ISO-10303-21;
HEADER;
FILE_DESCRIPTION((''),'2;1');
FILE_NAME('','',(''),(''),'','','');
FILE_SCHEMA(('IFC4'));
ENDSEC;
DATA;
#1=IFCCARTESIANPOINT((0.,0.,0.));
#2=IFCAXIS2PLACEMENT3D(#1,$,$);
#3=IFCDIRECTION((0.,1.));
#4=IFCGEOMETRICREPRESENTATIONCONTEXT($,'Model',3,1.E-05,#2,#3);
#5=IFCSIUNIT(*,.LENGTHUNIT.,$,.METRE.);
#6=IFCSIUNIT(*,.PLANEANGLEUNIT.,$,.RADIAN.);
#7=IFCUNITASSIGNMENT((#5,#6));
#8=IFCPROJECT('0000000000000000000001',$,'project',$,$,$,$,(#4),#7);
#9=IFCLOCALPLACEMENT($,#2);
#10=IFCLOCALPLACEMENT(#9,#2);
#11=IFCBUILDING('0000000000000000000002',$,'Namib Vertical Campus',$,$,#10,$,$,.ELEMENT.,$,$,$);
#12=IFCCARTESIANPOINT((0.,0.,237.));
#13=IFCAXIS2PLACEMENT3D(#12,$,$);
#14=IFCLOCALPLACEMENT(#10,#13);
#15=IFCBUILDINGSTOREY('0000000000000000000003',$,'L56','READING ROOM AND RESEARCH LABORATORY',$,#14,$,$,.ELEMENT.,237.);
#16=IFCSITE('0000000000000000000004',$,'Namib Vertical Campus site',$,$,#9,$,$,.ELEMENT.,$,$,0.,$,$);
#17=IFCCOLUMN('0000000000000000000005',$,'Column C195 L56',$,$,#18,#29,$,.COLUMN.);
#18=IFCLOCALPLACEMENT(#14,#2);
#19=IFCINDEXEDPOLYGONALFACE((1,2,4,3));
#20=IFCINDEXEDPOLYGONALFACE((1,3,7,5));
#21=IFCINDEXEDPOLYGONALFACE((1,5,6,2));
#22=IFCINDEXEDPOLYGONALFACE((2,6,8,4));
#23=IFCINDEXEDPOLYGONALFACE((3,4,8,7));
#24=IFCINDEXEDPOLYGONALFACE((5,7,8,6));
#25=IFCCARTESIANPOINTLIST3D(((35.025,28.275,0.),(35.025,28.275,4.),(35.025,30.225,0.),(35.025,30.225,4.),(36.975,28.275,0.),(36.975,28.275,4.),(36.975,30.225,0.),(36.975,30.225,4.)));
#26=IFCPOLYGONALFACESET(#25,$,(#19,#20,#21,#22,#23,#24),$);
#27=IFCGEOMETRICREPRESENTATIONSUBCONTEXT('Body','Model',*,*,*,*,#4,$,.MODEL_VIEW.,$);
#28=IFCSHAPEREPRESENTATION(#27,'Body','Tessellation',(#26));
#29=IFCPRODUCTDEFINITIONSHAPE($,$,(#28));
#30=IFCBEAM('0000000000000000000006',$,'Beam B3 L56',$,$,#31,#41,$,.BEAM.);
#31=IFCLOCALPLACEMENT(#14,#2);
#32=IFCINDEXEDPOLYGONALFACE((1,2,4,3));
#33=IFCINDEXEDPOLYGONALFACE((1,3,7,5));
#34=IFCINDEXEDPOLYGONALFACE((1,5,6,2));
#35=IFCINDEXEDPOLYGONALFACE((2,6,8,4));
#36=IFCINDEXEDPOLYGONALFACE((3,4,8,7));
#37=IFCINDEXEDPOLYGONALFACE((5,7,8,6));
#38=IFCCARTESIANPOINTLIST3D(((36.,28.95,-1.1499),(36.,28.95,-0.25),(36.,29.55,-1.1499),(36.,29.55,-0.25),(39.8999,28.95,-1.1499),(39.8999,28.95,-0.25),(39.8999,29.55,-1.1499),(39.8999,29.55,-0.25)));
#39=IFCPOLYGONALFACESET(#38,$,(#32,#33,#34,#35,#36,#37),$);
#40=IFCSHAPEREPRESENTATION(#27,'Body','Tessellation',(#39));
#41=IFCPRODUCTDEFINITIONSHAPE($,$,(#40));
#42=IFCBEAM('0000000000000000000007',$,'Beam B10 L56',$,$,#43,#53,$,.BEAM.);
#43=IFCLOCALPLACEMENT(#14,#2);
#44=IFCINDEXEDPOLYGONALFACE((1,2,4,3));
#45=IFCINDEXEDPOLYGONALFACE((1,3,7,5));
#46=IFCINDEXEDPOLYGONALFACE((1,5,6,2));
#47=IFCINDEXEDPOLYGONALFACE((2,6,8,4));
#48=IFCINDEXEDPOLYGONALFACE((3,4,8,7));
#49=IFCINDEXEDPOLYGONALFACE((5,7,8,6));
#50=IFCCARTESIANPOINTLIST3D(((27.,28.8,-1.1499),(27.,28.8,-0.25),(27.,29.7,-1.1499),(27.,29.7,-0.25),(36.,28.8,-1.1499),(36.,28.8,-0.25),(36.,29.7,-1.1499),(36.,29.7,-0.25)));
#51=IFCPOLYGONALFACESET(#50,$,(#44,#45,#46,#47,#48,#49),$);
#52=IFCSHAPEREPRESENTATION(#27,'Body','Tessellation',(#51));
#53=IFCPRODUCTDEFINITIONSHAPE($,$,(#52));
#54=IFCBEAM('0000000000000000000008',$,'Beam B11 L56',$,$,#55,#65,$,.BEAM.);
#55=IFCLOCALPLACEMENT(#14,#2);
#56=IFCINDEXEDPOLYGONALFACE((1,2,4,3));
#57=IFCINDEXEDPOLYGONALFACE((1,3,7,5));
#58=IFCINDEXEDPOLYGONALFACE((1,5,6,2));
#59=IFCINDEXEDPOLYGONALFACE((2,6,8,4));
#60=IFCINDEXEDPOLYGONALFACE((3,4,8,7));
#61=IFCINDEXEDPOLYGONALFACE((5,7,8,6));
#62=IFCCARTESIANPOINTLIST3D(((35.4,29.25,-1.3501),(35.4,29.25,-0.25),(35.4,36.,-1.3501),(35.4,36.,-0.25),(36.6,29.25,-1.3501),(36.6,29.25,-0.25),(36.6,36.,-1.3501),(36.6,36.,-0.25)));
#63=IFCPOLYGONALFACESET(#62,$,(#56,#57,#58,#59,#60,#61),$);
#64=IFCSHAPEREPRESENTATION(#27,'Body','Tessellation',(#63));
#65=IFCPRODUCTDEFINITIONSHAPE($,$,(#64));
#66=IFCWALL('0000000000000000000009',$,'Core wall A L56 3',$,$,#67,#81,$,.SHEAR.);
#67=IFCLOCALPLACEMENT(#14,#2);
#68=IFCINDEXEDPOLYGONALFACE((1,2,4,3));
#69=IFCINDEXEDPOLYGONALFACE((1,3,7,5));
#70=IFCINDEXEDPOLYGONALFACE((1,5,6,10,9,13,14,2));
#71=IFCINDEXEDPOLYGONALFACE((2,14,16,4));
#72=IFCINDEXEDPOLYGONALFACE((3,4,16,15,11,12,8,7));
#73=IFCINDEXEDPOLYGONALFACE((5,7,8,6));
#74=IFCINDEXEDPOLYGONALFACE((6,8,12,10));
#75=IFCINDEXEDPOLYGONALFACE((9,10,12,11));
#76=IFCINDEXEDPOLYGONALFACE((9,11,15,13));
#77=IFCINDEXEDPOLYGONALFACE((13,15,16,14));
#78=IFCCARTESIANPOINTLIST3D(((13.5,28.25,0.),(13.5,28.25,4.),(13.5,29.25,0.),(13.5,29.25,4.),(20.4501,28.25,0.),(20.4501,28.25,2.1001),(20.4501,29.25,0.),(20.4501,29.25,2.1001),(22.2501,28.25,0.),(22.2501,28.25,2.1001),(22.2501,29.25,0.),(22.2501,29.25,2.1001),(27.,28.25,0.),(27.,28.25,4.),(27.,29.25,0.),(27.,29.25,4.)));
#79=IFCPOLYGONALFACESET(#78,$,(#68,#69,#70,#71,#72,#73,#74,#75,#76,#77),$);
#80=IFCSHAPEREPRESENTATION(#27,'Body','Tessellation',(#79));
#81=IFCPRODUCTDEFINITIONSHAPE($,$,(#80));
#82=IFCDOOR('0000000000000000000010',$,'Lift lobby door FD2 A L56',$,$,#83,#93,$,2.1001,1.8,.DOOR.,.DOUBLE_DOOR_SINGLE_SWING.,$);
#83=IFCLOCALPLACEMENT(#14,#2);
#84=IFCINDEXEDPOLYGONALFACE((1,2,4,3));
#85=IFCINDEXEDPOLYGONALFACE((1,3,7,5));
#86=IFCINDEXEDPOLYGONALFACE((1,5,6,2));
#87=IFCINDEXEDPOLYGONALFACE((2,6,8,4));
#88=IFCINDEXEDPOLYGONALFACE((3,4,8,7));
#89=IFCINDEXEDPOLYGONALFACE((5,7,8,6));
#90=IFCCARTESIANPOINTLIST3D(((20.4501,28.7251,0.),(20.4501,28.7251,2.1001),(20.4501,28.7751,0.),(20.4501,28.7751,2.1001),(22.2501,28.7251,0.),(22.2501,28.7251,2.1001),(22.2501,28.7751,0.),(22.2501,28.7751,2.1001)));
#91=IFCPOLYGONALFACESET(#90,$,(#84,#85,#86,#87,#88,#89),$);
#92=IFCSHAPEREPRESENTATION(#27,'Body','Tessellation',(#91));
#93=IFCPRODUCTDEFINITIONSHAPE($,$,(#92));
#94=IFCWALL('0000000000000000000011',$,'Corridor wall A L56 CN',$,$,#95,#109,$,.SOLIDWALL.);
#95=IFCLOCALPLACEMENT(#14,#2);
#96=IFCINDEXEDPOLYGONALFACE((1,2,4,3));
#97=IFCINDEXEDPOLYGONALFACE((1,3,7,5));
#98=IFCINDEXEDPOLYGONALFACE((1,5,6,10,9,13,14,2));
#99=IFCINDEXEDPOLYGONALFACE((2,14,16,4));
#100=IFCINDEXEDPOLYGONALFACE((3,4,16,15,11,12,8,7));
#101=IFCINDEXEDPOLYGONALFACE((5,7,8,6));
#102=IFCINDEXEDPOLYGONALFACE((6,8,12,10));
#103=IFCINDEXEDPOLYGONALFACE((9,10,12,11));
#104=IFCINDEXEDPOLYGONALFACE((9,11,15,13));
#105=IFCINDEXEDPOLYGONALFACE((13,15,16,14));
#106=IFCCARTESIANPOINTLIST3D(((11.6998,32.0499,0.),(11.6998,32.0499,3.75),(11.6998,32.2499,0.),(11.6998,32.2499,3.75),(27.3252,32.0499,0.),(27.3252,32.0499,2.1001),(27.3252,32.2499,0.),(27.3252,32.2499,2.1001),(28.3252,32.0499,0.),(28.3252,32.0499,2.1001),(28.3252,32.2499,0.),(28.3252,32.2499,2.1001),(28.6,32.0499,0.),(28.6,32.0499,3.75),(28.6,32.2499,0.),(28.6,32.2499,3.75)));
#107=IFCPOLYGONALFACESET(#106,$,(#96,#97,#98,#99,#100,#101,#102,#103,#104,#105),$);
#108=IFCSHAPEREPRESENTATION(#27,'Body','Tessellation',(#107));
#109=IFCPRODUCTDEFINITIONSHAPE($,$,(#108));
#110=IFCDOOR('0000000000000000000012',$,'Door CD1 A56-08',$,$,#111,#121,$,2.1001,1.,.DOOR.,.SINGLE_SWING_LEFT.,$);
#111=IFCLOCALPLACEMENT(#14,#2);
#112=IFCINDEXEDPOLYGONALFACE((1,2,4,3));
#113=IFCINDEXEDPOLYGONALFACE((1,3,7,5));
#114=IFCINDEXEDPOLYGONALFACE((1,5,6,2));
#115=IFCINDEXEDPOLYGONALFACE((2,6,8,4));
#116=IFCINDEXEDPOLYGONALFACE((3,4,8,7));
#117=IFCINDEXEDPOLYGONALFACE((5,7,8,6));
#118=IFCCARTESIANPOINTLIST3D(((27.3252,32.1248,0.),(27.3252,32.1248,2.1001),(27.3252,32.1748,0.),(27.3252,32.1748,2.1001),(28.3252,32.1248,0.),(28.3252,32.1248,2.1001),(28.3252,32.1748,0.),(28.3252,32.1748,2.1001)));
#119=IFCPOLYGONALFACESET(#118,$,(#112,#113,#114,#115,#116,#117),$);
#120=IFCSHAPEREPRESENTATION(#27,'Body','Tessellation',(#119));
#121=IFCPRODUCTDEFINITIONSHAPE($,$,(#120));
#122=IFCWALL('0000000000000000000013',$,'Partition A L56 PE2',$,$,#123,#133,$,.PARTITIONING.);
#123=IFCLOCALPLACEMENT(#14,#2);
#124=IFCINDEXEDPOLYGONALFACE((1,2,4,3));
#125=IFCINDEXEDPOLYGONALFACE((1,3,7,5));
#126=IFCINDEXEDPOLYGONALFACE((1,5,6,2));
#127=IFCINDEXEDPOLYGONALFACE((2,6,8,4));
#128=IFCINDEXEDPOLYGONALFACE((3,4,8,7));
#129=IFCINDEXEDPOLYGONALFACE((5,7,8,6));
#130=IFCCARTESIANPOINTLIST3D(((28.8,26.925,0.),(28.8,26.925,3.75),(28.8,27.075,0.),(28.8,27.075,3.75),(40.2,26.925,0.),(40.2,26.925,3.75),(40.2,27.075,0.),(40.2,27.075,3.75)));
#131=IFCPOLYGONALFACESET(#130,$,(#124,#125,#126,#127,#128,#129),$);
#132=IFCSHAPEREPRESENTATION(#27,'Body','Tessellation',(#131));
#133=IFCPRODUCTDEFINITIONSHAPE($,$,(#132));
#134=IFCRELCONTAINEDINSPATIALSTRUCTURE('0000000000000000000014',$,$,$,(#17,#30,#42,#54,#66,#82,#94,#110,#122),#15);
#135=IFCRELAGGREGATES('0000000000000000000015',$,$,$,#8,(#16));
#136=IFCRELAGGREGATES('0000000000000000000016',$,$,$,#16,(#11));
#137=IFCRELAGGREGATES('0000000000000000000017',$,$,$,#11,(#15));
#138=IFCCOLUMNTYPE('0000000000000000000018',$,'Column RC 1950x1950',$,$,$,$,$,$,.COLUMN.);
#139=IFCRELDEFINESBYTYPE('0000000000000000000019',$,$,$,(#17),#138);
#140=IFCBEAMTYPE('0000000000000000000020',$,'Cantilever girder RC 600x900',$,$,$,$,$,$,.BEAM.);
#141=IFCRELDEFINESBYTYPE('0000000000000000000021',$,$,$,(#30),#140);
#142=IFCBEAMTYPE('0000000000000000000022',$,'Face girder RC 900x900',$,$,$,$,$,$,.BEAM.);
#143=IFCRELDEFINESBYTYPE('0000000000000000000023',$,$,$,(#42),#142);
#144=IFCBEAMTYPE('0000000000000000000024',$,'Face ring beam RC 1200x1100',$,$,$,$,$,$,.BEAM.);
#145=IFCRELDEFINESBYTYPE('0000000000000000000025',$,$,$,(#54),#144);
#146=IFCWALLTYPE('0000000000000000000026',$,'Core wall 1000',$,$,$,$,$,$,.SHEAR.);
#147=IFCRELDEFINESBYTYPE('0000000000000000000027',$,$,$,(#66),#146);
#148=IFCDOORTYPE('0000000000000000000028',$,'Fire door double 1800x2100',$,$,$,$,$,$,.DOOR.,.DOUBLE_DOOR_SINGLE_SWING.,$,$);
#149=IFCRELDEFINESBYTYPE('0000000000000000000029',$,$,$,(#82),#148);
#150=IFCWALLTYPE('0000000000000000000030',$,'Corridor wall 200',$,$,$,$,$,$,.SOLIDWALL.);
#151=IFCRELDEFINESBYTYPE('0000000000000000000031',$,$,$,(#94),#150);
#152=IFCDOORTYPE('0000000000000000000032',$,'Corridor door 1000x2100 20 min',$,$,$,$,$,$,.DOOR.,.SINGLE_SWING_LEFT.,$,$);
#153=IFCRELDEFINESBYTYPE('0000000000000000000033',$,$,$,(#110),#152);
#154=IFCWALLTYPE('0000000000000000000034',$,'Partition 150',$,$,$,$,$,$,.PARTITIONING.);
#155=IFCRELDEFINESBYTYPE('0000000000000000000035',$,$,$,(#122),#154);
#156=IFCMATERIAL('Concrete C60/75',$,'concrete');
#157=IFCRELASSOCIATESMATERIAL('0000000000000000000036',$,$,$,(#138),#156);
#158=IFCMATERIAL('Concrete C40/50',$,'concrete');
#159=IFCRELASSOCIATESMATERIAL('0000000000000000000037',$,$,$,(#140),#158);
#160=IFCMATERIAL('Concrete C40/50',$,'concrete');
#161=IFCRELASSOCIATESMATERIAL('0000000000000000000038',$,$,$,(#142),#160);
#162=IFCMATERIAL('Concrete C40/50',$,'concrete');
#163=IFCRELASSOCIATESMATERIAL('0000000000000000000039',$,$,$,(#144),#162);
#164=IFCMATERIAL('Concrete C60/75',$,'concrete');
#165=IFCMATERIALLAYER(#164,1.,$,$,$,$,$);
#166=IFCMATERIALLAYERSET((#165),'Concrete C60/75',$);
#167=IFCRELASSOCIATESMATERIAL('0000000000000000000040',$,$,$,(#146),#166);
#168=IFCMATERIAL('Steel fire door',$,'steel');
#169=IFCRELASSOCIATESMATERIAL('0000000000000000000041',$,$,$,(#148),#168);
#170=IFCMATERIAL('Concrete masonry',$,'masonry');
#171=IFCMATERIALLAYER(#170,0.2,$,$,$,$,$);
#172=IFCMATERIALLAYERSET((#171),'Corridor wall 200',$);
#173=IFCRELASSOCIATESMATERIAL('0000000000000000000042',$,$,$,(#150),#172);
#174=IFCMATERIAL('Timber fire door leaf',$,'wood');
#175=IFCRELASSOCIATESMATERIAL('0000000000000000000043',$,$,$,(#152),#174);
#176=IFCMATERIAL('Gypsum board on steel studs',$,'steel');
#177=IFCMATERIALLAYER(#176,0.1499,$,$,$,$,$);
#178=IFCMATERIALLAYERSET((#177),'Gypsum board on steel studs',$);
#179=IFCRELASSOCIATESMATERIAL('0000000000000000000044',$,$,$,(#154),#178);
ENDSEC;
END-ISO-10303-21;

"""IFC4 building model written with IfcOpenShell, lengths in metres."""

from ifc_helpers import new_model, si_unit, direction, frame, frame_2d, origin, origin_2d, place, context, subcontext, project, spatial, rectangle, extrude, material, layer, layer_set, material_profile, profile_set, type_object, element, fill, save


model = new_model("IFC4")

# Units and contexts
model_context = context("Model", 3, precision=1e-05, world=origin(), true_north=direction((0.0, 1.0)))
body_context = subcontext(model_context, "Body", "Model", "MODEL_VIEW")
ifc_project = project(units=[si_unit("LENGTHUNIT", "METRE"), si_unit("PLANEANGLEUNIT", "RADIAN")], contexts=[model_context])

# Site, building, storey
site_placement = place(None, origin())
site = spatial("IfcSite", under=ifc_project, at=site_placement, Name="Namib Vertical Campus site", CompositionType="ELEMENT", RefElevation=0.0)
building_placement = place(site_placement, origin())
building = spatial("IfcBuilding", under=site, at=building_placement, Name="Namib Vertical Campus", CompositionType="ELEMENT")
storey_placement = place(building_placement, frame((0.0, 0.0, 237.0)))
storey = spatial("IfcBuildingStorey", under=building, at=storey_placement, Name="L56", Description="READING ROOM AND RESEARCH LABORATORY", CompositionType="ELEMENT", Elevation=237.0)

# Column
ifc_material_1 = material(Name="Concrete C60/75", Category="concrete")
ifc_material_profile_1 = material_profile(ifc_material_1, rectangle(XDim=1.95, YDim=1.95, at=origin_2d()))
ifc_profile_set_1 = profile_set([ifc_material_profile_1], Name="Concrete C60/75")
column_type = type_object("IfcColumnType", Name="Column RC 1950x1950", PredefinedType="COLUMN", material=ifc_profile_set_1)
column_placement = place(storey_placement, frame((36.0, 29.25, 0.0), z_axis=(0.0, 0.0, 1.0), x_axis=(1.0, 0.0, 0.0)))
element("IfcColumn", 1, at=column_placement, inside=storey, type_object=column_type, Name="Column C195 L56", PredefinedType="COLUMN", context=body_context, shape_type="SweptSolid", body=[
    extrude(rectangle(XDim=1.95, YDim=1.95, at=origin_2d()), origin(), (0.0, 0.0, 1.0), 4.0),
])

# Beams
ifc_material_2 = material(Name="Concrete C40/50", Category="concrete")
ifc_material_profile_2 = material_profile(ifc_material_2, rectangle(XDim=0.6001, YDim=0.8999, at=origin_2d()))
ifc_profile_set_2 = profile_set([ifc_material_profile_2], Name="Concrete C40/50")
beam_type_1 = type_object("IfcBeamType", Name="Cantilever girder RC 600x900", PredefinedType="BEAM", material=ifc_profile_set_2)
beam_1_placement = place(storey_placement, frame((36.0, 29.25, -0.7), z_axis=(1.0, 0.0, 0.0), x_axis=(0.0, 1.0, 0.0)))
element("IfcBeam", 2, at=beam_1_placement, inside=storey, type_object=beam_type_1, Name="Beam B3 L56", PredefinedType="BEAM", context=body_context, shape_type="SweptSolid", body=[
    extrude(rectangle(XDim=0.6001, YDim=0.8999, at=origin_2d()), origin(), (0.0, 0.0, 1.0), 3.8999),
])
ifc_material_3 = material(Name="Concrete C40/50", Category="concrete")
ifc_material_profile_3 = material_profile(ifc_material_3, rectangle(XDim=0.8999, YDim=0.8999, at=origin_2d()))
ifc_profile_set_3 = profile_set([ifc_material_profile_3], Name="Concrete C40/50")
beam_type_2 = type_object("IfcBeamType", Name="Face girder RC 900x900", PredefinedType="BEAM", material=ifc_profile_set_3)
beam_2_placement = place(storey_placement, frame((36.0, 29.25, -0.7), z_axis=(-1.0, 0.0, 0.0), x_axis=(0.0, -1.0, 0.0)))
element("IfcBeam", 3, at=beam_2_placement, inside=storey, type_object=beam_type_2, Name="Beam B10 L56", PredefinedType="BEAM", context=body_context, shape_type="SweptSolid", body=[
    extrude(rectangle(XDim=0.8999, YDim=0.8999, at=origin_2d()), origin(), (0.0, 0.0, 1.0), 9.0),
])
ifc_material_4 = material(Name="Concrete C40/50", Category="concrete")
ifc_material_profile_4 = material_profile(ifc_material_4, rectangle(XDim=1.2, YDim=1.1001, at=origin_2d()))
ifc_profile_set_4 = profile_set([ifc_material_profile_4], Name="Concrete C40/50")
beam_type_3 = type_object("IfcBeamType", Name="Face ring beam RC 1200x1100", PredefinedType="BEAM", material=ifc_profile_set_4)
beam_3_placement = place(storey_placement, frame((36.0, 29.25, -0.8), z_axis=(0.0, 1.0, 0.0), x_axis=(-1.0, 0.0, 0.0)))
element("IfcBeam", 4, at=beam_3_placement, inside=storey, type_object=beam_type_3, Name="Beam B11 L56", PredefinedType="BEAM", context=body_context, shape_type="SweptSolid", body=[
    extrude(rectangle(XDim=1.2, YDim=1.1001, at=origin_2d()), origin(), (0.0, 0.0, 1.0), 6.75),
])

# Walls, openings, doors
ifc_material_5 = material(Name="Concrete C60/75", Category="concrete")
ifc_layer_1 = layer(ifc_material_5, 1.0)
ifc_layer_set_1 = layer_set([ifc_layer_1], Name="Concrete C60/75")
wall_type_1 = type_object("IfcWallType", Name="Core wall 1000", PredefinedType="SHEAR", material=ifc_layer_set_1)
wall_1_placement = place(storey_placement, frame((27.0, 28.75, 0.0), z_axis=(0.0, 0.0, 1.0), x_axis=(-1.0, 0.0, 0.0)))
wall_1 = element("IfcWall", 5, at=wall_1_placement, inside=storey, type_object=wall_type_1, Name="Core wall A L56 3", PredefinedType="SHEAR", context=body_context, shape_type="SweptSolid", body=[
    extrude(rectangle(XDim=13.5, YDim=1.0, at=frame_2d((6.75, 0.0))), origin(), (0.0, 0.0, 1.0), 4.0),
])
opening_1_placement = place(wall_1_placement, frame((4.75, 0.0, 0.0)))
opening_1 = element("IfcOpeningElement", 6, at=opening_1_placement, cuts=wall_1, PredefinedType="OPENING", context=body_context, shape_type="SweptSolid", body=[
    extrude(rectangle(XDim=1.8, YDim=2.1001, at=frame_2d((0.8999, 1.05))), frame((0.0, 0.51, 0.0), z_axis=(0.0, -1.0, 0.0), x_axis=(1.0, 0.0, 0.0)), (0.0, 0.0, 1.0), 1.02),
])
ifc_material_6 = material(Name="Steel fire door", Category="steel")
door_type_1 = type_object("IfcDoorType", Name="Fire door double 1800x2100", OperationType="DOUBLE_DOOR_SINGLE_SWING", PredefinedType="DOOR", material=ifc_material_6)
door_1_placement = place(opening_1_placement, origin())
door_1 = element("IfcDoor", 7, at=door_1_placement, inside=storey, type_object=door_type_1, Name="Lift lobby door FD2 A L56", OperationType="DOUBLE_DOOR_SINGLE_SWING", OverallHeight=2.1001, OverallWidth=1.8, PredefinedType="DOOR", context=body_context, shape_type="SweptSolid", body=[
    extrude(rectangle(XDim=1.8, YDim=2.1001, at=frame_2d((0.8999, 1.05))), frame((0.0, 0.0249, 0.0), z_axis=(0.0, -1.0, 0.0), x_axis=(1.0, 0.0, 0.0)), (0.0, 0.0, 1.0), 0.05),
])
fill(opening_1, door_1)
ifc_material_7 = material(Name="Concrete masonry", Category="masonry")
ifc_layer_2 = layer(ifc_material_7, 0.2)
ifc_layer_set_2 = layer_set([ifc_layer_2], Name="Corridor wall 200")
wall_type_2 = type_object("IfcWallType", Name="Corridor wall 200", PredefinedType="SOLIDWALL", material=ifc_layer_set_2)
wall_2_placement = place(storey_placement, frame((28.6001, 32.1499, 0.0), z_axis=(0.0, 0.0, 1.0), x_axis=(-1.0, 0.0, 0.0)))
wall_2 = element("IfcWall", 8, at=wall_2_placement, inside=storey, type_object=wall_type_2, Name="Corridor wall A L56 CN", PredefinedType="SOLIDWALL", context=body_context, shape_type="SweptSolid", body=[
    extrude(rectangle(XDim=16.9001, YDim=0.2, at=frame_2d((8.4502, 0.0))), origin(), (0.0, 0.0, 1.0), 3.75),
])
opening_2_placement = place(wall_2_placement, frame((0.2749, 0.0, 0.0)))
opening_2 = element("IfcOpeningElement", 9, at=opening_2_placement, cuts=wall_2, PredefinedType="OPENING", context=body_context, shape_type="SweptSolid", body=[
    extrude(rectangle(XDim=1.0, YDim=2.1001, at=frame_2d((0.5, 1.05))), frame((0.0, 0.1099, 0.0), z_axis=(0.0, -1.0, 0.0), x_axis=(1.0, 0.0, 0.0)), (0.0, 0.0, 1.0), 0.22),
])
ifc_material_8 = material(Name="Timber fire door leaf", Category="wood")
door_type_2 = type_object("IfcDoorType", Name="Corridor door 1000x2100 20 min", OperationType="SINGLE_SWING_LEFT", PredefinedType="DOOR", material=ifc_material_8)
door_2_placement = place(opening_2_placement, frame((1.0, 0.0, 0.0), z_axis=(0.0, 0.0, 1.0), x_axis=(-1.0, 0.0, 0.0)))
door_2 = element("IfcDoor", 10, at=door_2_placement, inside=storey, type_object=door_type_2, Name="Door CD1 A56-08", OperationType="SINGLE_SWING_LEFT", OverallHeight=2.1001, OverallWidth=1.0, PredefinedType="DOOR", context=body_context, shape_type="SweptSolid", body=[
    extrude(rectangle(XDim=1.0, YDim=2.1001, at=frame_2d((0.5, 1.05))), frame((0.0, 0.0249, 0.0), z_axis=(0.0, -1.0, 0.0), x_axis=(1.0, 0.0, 0.0)), (0.0, 0.0, 1.0), 0.05),
])
fill(opening_2, door_2)

# Wall
ifc_material_9 = material(Name="Gypsum board on steel studs", Category="steel")
ifc_layer_3 = layer(ifc_material_9, 0.1499)
ifc_layer_set_3 = layer_set([ifc_layer_3], Name="Gypsum board on steel studs")
wall_type_3 = type_object("IfcWallType", Name="Partition 150", PredefinedType="PARTITIONING", material=ifc_layer_set_3)
wall_3_placement = place(storey_placement, frame((28.8, 27.0, 0.0), z_axis=(0.0, 0.0, 1.0), x_axis=(1.0, 0.0, 0.0)))
element("IfcWall", 11, at=wall_3_placement, inside=storey, type_object=wall_type_3, Name="Partition A L56 PE2", PredefinedType="PARTITIONING", context=body_context, shape_type="SweptSolid", body=[
    extrude(rectangle(XDim=11.3999, YDim=0.1499, at=frame_2d((5.7, 0.0))), origin(), (0.0, 0.0, 1.0), 3.75),
])

save(model, "model.ifc")
